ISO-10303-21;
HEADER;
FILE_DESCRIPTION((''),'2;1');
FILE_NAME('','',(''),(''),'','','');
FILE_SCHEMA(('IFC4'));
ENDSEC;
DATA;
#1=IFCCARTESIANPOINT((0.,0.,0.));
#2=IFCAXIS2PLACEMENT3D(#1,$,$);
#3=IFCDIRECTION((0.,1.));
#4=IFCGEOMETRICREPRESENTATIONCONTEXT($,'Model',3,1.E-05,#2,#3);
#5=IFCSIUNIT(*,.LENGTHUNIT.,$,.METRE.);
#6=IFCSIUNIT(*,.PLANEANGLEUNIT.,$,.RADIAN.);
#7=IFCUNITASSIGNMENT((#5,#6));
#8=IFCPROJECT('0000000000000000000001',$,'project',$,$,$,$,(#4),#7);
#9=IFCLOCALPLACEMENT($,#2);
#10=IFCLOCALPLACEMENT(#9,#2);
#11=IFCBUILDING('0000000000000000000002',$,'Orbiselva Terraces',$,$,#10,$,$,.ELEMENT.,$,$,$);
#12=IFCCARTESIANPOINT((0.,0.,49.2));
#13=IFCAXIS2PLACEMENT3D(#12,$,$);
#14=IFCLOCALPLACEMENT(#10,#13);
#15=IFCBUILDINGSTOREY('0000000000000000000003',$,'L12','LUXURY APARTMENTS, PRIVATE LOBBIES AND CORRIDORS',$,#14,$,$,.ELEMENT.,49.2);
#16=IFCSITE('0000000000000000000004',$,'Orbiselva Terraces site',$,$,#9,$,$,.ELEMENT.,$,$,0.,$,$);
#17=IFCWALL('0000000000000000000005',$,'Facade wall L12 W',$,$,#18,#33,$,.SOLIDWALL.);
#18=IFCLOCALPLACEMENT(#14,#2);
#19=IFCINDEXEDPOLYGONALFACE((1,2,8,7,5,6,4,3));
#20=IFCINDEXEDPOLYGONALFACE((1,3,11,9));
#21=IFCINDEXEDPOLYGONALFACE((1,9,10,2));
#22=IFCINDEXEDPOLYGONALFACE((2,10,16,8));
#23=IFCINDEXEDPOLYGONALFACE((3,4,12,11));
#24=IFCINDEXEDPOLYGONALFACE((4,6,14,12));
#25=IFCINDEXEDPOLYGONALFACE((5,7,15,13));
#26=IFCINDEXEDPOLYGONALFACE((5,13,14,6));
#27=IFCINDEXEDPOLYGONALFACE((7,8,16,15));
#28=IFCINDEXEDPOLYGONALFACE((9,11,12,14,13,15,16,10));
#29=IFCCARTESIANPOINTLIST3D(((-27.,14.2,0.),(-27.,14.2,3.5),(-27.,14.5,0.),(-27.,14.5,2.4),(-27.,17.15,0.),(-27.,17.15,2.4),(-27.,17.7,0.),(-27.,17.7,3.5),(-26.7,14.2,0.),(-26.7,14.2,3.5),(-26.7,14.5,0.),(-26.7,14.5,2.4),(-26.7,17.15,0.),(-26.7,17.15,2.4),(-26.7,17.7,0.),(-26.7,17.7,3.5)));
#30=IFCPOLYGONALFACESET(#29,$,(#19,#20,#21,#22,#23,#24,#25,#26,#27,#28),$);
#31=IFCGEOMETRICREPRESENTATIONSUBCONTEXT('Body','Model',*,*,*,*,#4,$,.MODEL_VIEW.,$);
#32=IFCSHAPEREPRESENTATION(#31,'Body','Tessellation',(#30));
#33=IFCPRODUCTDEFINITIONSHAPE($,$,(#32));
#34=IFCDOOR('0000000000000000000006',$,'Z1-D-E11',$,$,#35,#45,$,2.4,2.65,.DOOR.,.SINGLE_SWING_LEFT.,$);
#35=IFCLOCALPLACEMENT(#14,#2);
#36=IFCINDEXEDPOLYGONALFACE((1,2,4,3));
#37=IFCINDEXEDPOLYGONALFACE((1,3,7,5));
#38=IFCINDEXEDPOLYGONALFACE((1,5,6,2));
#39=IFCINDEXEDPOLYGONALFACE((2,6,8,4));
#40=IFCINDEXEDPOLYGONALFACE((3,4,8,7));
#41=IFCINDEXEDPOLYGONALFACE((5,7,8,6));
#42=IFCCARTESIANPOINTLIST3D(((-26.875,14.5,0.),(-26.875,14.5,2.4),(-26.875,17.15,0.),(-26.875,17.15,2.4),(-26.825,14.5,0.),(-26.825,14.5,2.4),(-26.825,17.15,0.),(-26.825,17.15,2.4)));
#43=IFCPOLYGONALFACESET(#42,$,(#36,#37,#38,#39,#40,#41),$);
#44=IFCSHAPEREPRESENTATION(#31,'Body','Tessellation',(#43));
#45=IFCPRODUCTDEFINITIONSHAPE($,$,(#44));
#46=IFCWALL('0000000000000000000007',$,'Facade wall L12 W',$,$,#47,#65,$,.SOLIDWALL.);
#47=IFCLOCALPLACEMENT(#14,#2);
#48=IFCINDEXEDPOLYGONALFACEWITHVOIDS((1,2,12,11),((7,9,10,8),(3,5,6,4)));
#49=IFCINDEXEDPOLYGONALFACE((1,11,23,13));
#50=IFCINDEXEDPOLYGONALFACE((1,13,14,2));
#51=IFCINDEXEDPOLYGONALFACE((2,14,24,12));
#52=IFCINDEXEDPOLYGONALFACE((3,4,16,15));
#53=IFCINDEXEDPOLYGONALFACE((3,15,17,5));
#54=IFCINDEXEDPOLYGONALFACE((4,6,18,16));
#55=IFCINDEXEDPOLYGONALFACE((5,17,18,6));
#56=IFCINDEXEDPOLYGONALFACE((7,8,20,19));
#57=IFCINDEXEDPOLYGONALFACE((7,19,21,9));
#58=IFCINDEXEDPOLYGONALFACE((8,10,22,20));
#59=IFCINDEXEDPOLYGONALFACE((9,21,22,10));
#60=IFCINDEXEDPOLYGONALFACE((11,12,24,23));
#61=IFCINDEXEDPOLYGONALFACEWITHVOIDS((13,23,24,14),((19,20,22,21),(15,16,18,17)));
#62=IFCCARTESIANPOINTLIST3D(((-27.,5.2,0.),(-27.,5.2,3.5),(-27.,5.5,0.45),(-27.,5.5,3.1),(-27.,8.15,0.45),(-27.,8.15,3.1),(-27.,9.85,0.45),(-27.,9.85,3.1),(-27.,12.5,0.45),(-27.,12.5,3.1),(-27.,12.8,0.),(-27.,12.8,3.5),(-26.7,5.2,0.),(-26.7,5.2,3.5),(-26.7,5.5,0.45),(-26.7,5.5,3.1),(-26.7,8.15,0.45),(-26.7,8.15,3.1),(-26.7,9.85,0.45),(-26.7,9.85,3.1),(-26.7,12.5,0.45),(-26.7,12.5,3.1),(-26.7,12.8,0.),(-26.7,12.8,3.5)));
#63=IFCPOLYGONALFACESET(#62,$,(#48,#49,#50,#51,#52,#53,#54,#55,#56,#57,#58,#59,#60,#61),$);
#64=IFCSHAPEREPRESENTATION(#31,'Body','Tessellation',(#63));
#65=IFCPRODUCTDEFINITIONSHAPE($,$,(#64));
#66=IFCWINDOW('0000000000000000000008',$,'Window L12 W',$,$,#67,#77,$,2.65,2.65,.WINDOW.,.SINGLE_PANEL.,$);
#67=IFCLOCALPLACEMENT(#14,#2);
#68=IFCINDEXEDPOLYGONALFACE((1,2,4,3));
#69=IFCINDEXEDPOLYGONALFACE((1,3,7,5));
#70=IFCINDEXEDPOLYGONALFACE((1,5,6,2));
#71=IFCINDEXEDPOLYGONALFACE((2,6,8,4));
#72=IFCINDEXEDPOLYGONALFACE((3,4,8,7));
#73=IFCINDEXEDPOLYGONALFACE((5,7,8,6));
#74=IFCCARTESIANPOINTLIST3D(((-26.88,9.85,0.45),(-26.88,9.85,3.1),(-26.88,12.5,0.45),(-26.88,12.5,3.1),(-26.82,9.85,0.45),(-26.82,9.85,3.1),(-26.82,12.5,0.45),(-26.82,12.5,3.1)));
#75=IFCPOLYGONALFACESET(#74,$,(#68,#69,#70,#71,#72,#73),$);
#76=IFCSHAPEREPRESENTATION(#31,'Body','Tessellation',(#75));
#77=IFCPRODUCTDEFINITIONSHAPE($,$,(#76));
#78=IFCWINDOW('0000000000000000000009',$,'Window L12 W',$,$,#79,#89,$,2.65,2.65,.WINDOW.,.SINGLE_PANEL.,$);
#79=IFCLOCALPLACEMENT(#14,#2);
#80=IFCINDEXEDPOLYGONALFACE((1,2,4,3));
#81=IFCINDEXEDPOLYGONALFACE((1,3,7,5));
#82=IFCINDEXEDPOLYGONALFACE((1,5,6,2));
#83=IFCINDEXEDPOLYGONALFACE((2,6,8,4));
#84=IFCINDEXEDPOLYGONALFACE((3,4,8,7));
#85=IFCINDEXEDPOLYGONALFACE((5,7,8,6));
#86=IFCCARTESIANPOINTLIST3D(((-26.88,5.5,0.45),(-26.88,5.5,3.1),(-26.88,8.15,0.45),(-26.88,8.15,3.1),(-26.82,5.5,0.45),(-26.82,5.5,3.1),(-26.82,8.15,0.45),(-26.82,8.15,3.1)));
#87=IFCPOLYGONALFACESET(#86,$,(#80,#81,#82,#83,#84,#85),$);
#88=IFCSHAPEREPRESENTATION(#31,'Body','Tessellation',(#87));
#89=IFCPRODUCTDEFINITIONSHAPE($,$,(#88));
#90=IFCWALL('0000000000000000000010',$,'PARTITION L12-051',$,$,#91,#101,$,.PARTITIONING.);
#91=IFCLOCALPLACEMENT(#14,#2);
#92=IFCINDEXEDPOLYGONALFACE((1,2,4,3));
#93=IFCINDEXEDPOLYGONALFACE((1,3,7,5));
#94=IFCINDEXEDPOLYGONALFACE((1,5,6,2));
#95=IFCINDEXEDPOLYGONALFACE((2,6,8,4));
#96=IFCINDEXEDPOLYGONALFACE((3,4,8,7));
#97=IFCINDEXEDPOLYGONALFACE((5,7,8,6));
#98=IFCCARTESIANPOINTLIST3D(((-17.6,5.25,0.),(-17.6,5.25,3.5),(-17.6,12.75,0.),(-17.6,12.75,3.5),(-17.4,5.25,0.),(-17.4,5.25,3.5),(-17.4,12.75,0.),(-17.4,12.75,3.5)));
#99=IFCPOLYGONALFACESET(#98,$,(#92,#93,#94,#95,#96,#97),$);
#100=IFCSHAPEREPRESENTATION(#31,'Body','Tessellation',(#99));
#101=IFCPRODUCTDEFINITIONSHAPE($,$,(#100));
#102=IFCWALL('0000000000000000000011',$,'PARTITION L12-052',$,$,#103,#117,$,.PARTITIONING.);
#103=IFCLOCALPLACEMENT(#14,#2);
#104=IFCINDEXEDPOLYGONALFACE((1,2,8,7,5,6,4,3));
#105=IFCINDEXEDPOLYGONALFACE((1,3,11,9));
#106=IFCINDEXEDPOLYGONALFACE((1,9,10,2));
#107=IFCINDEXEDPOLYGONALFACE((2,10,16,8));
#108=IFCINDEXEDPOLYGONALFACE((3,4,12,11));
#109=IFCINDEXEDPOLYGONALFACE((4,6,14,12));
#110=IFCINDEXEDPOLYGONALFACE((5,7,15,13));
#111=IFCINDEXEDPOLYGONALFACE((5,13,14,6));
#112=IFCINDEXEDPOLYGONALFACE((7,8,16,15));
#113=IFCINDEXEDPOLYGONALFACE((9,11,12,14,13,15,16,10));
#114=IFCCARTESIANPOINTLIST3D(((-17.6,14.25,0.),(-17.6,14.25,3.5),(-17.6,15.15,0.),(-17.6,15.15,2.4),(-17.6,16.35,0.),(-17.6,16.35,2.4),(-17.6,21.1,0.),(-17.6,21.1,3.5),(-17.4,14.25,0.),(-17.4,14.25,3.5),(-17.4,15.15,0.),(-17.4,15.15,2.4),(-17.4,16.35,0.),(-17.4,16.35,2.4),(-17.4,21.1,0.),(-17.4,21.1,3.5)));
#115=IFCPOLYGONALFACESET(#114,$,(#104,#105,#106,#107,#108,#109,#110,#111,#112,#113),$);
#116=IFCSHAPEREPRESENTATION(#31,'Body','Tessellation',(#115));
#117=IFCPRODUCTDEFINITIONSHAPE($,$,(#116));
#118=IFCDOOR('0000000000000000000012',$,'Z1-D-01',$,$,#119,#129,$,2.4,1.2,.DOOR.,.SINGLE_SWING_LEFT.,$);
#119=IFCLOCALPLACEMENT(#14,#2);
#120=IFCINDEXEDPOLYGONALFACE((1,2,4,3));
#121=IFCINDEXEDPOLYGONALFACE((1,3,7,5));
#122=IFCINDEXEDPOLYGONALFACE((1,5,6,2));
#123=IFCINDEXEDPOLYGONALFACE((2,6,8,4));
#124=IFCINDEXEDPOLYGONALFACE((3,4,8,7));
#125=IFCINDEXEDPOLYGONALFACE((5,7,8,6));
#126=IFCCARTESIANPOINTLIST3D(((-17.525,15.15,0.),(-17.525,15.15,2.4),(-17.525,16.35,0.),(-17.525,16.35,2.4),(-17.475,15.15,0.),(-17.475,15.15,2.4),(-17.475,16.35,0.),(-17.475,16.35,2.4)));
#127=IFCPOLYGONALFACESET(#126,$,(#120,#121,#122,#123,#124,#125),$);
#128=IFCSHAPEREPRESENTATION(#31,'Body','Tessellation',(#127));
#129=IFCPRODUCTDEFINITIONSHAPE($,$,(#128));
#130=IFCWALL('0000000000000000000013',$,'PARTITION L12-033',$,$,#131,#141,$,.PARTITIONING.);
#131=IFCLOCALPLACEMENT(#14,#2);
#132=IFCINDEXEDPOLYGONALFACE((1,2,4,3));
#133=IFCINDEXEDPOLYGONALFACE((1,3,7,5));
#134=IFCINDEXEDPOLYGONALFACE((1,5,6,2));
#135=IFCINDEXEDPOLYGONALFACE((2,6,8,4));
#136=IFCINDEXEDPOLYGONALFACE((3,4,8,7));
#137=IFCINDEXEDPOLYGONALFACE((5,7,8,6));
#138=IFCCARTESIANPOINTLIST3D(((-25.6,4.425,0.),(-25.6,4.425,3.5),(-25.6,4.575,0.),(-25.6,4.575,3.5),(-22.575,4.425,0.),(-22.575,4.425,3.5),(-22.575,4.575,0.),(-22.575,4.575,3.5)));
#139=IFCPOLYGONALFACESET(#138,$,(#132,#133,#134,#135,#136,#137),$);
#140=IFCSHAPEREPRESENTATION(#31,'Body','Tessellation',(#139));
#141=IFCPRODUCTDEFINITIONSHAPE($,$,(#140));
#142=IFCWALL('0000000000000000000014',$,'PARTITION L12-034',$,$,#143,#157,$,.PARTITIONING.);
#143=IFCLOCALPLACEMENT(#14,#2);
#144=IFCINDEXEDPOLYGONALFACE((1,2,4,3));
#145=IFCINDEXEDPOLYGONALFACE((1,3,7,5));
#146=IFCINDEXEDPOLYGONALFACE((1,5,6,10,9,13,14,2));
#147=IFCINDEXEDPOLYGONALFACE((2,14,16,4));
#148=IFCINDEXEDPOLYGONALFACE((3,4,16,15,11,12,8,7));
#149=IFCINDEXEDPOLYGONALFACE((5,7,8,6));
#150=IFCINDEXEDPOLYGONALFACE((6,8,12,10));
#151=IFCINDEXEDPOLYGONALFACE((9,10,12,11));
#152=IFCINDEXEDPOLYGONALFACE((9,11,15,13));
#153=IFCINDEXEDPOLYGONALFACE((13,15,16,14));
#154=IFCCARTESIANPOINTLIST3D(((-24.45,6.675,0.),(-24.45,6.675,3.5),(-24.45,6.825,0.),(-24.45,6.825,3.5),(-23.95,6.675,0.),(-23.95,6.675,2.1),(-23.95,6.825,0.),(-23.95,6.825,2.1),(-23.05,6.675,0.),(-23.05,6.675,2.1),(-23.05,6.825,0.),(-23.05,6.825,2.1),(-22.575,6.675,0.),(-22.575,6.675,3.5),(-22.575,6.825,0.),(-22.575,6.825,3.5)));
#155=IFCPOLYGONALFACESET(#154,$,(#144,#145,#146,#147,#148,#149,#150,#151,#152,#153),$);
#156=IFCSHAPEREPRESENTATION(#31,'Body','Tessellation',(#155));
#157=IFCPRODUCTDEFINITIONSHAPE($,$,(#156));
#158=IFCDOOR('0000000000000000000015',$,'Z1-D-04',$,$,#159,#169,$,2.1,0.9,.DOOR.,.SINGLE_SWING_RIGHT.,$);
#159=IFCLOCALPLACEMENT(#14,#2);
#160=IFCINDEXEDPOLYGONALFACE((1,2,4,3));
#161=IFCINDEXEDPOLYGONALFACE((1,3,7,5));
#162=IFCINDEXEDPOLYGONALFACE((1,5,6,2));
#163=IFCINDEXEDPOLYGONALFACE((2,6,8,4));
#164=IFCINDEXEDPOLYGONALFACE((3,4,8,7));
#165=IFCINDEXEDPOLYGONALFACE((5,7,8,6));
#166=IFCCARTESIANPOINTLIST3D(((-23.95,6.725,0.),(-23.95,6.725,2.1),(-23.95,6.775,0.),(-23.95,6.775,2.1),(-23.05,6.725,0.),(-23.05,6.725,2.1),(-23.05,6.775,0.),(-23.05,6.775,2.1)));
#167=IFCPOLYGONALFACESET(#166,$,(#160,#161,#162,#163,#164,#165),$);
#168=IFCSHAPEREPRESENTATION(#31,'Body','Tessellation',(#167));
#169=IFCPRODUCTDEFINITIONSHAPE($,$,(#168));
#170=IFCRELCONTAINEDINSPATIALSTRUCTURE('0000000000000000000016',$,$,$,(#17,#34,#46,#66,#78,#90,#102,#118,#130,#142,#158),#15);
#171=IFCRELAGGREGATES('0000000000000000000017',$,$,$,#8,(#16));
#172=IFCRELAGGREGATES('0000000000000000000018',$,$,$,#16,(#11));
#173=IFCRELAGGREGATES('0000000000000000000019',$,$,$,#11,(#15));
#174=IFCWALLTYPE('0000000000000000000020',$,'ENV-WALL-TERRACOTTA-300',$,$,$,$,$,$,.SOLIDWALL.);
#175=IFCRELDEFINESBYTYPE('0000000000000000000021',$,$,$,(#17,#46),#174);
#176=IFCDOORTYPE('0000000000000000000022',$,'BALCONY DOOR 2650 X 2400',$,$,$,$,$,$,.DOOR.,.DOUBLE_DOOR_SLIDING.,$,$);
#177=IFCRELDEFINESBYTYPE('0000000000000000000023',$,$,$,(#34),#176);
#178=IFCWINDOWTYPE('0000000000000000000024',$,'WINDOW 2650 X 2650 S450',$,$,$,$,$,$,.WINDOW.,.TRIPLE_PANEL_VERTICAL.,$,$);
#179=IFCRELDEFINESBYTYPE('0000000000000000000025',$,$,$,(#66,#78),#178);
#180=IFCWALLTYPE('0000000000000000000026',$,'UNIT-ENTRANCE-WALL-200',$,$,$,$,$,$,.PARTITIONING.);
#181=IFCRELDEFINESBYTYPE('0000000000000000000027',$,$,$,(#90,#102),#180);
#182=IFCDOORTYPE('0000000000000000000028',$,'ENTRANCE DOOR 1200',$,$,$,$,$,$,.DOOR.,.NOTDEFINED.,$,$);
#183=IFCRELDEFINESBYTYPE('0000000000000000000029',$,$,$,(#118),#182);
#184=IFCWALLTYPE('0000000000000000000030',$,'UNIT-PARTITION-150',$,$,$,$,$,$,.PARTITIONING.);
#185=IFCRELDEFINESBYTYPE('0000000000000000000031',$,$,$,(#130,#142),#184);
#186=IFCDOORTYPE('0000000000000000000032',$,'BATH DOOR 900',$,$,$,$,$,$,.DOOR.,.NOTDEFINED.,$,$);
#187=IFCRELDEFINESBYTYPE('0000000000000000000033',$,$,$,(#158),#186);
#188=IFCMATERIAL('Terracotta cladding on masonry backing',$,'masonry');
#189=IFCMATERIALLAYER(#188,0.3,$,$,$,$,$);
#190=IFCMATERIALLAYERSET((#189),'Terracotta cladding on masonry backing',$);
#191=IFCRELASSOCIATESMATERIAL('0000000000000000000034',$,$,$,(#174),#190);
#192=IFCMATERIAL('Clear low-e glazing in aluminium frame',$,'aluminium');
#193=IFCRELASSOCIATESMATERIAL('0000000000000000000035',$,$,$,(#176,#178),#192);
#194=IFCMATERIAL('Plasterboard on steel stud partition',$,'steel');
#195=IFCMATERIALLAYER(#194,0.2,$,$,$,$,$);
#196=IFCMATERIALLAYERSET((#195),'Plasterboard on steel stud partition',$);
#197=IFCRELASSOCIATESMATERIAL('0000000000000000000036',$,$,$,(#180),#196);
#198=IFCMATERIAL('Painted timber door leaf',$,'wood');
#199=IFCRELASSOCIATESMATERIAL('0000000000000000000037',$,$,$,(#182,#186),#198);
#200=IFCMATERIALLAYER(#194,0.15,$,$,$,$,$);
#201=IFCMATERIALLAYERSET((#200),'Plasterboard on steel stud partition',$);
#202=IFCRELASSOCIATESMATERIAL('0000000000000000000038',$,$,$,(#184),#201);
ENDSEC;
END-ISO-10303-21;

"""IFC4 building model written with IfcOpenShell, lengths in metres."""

from ifc_helpers import new_model, si_unit, direction, frame, frame_2d, origin, place, context, subcontext, project, spatial, rectangle, extrude, material, layer, layer_set, type_object, element, fill, save


model = new_model("IFC4")

# Units and contexts
model_context = context("Model", 3, precision=1e-05, world=origin(), true_north=direction((0.0, 1.0)))
body_context = subcontext(model_context, "Body", "Model", "MODEL_VIEW")
ifc_project = project(units=[si_unit("LENGTHUNIT", "METRE"), si_unit("PLANEANGLEUNIT", "RADIAN")], contexts=[model_context])

# Site, building, storey
site_placement = place(None, origin())
site = spatial("IfcSite", under=ifc_project, at=site_placement, Name="Orbiselva Terraces site", CompositionType="ELEMENT", RefElevation=0.0)
building_placement = place(site_placement, origin())
building = spatial("IfcBuilding", under=site, at=building_placement, Name="Orbiselva Terraces", CompositionType="ELEMENT")
storey_placement = place(building_placement, frame((0.0, 0.0, 49.2)))
storey = spatial("IfcBuildingStorey", under=building, at=storey_placement, Name="L12", Description="LUXURY APARTMENTS, PRIVATE LOBBIES AND CORRIDORS", CompositionType="ELEMENT", Elevation=49.2)

# Wall, opening, door
ifc_material_1 = material(Name="Terracotta cladding on masonry backing", Category="masonry")
ifc_layer_1 = layer(ifc_material_1, 0.3)
ifc_layer_set_1 = layer_set([ifc_layer_1], Name="Terracotta cladding on masonry backing")
wall_type_1 = type_object("IfcWallType", Name="ENV-WALL-TERRACOTTA-300", PredefinedType="SOLIDWALL", material=ifc_layer_set_1)
wall_1_placement = place(storey_placement, frame((-26.85, 14.2, 0.0), z_axis=(0.0, 0.0, 1.0), x_axis=(0.0, 1.0, 0.0)))
wall_1 = element("IfcWall", 1, at=wall_1_placement, inside=storey, type_object=wall_type_1, Name="Facade wall L12 W", PredefinedType="SOLIDWALL", context=body_context, shape_type="SweptSolid", body=[
    extrude(rectangle(XDim=3.5, YDim=0.3, at=frame_2d((1.75, 0.0))), origin(), (0.0, 0.0, 1.0), 3.5),
])
opening_1_placement = place(wall_1_placement, frame((0.3, 0.0, 0.0)))
opening_1 = element("IfcOpeningElement", 2, at=opening_1_placement, cuts=wall_1, PredefinedType="OPENING", context=body_context, shape_type="SweptSolid", body=[
    extrude(rectangle(XDim=2.65, YDim=2.4, at=frame_2d((1.325, 1.2))), frame((0.0, 0.16, 0.0), z_axis=(0.0, -1.0, 0.0), x_axis=(1.0, 0.0, 0.0)), (0.0, 0.0, 1.0), 0.32),
])
ifc_material_2 = material(Name="Clear low-e glazing in aluminium frame", Category="aluminium")
door_type_1 = type_object("IfcDoorType", Name="BALCONY DOOR 2650 X 2400", OperationType="DOUBLE_DOOR_SLIDING", PredefinedType="DOOR", material=ifc_material_2)
door_1_placement = place(opening_1_placement, origin())
door_1 = element("IfcDoor", 3, at=door_1_placement, inside=storey, type_object=door_type_1, Name="Z1-D-E11", OperationType="SINGLE_SWING_LEFT", OverallHeight=2.4, OverallWidth=2.65, PredefinedType="DOOR", context=body_context, shape_type="SweptSolid", body=[
    extrude(rectangle(XDim=2.65, YDim=2.4, at=frame_2d((1.325, 1.2))), frame((0.0, 0.025, 0.0), z_axis=(0.0, -1.0, 0.0), x_axis=(1.0, 0.0, 0.0)), (0.0, 0.0, 1.0), 0.05),
])
fill(opening_1, door_1)

# Wall, openings, windows
wall_2_placement = place(storey_placement, frame((-26.85, 5.2, 0.0), z_axis=(0.0, 0.0, 1.0), x_axis=(0.0, 1.0, 0.0)))
wall_2 = element("IfcWall", 4, at=wall_2_placement, inside=storey, type_object=wall_type_1, Name="Facade wall L12 W", PredefinedType="SOLIDWALL", context=body_context, shape_type="SweptSolid", body=[
    extrude(rectangle(XDim=7.6, YDim=0.3, at=frame_2d((3.8, 0.0))), origin(), (0.0, 0.0, 1.0), 3.5),
])
opening_2_placement = place(wall_2_placement, frame((4.65, 0.0, 0.45)))
opening_2 = element("IfcOpeningElement", 5, at=opening_2_placement, cuts=wall_2, PredefinedType="OPENING", context=body_context, shape_type="SweptSolid", body=[
    extrude(rectangle(XDim=2.65, YDim=2.65, at=frame_2d((1.325, 1.325))), frame((0.0, 0.16, 0.0), z_axis=(0.0, -1.0, 0.0), x_axis=(1.0, 0.0, 0.0)), (0.0, 0.0, 1.0), 0.32),
])
opening_3_placement = place(wall_2_placement, frame((0.3, 0.0, 0.45)))
opening_3 = element("IfcOpeningElement", 6, at=opening_3_placement, cuts=wall_2, PredefinedType="OPENING", context=body_context, shape_type="SweptSolid", body=[
    extrude(rectangle(XDim=2.65, YDim=2.65, at=frame_2d((1.325, 1.325))), frame((0.0, 0.16, 0.0), z_axis=(0.0, -1.0, 0.0), x_axis=(1.0, 0.0, 0.0)), (0.0, 0.0, 1.0), 0.32),
])
window_type = type_object("IfcWindowType", Name="WINDOW 2650 X 2650 S450", PartitioningType="TRIPLE_PANEL_VERTICAL", PredefinedType="WINDOW", material=ifc_material_2)
window_1_placement = place(opening_2_placement, origin())
window_1 = element("IfcWindow", 7, at=window_1_placement, inside=storey, type_object=window_type, Name="Window L12 W", OverallHeight=2.65, OverallWidth=2.65, PartitioningType="SINGLE_PANEL", PredefinedType="WINDOW", context=body_context, shape_type="SweptSolid", body=[
    extrude(rectangle(XDim=2.65, YDim=2.65, at=frame_2d((1.325, 1.325))), frame((0.0, 0.03, 0.0), z_axis=(0.0, -1.0, 0.0), x_axis=(1.0, 0.0, 0.0)), (0.0, 0.0, 1.0), 0.06),
])
fill(opening_2, window_1)
window_2_placement = place(opening_3_placement, origin())
window_2 = element("IfcWindow", 8, at=window_2_placement, inside=storey, type_object=window_type, Name="Window L12 W", OverallHeight=2.65, OverallWidth=2.65, PartitioningType="SINGLE_PANEL", PredefinedType="WINDOW", context=body_context, shape_type="SweptSolid", body=[
    extrude(rectangle(XDim=2.65, YDim=2.65, at=frame_2d((1.325, 1.325))), frame((0.0, 0.03, 0.0), z_axis=(0.0, -1.0, 0.0), x_axis=(1.0, 0.0, 0.0)), (0.0, 0.0, 1.0), 0.06),
])
fill(opening_3, window_2)

# Wall
ifc_material_3 = material(Name="Plasterboard on steel stud partition", Category="steel")
ifc_layer_2 = layer(ifc_material_3, 0.2)
ifc_layer_set_2 = layer_set([ifc_layer_2], Name="Plasterboard on steel stud partition")
wall_type_2 = type_object("IfcWallType", Name="UNIT-ENTRANCE-WALL-200", PredefinedType="PARTITIONING", material=ifc_layer_set_2)
wall_3_placement = place(storey_placement, frame((-17.5, 5.25, 0.0), z_axis=(0.0, 0.0, 1.0), x_axis=(0.0, 1.0, 0.0)))
element("IfcWall", 9, at=wall_3_placement, inside=storey, type_object=wall_type_2, Name="PARTITION L12-051", PredefinedType="PARTITIONING", context=body_context, shape_type="SweptSolid", body=[
    extrude(rectangle(XDim=7.5, YDim=0.2, at=frame_2d((3.75, 0.0))), origin(), (0.0, 0.0, 1.0), 3.5),
])

# Wall, opening, door
wall_4_placement = place(storey_placement, frame((-17.5, 14.25, 0.0), z_axis=(0.0, 0.0, 1.0), x_axis=(0.0, 1.0, 0.0)))
wall_4 = element("IfcWall", 10, at=wall_4_placement, inside=storey, type_object=wall_type_2, Name="PARTITION L12-052", PredefinedType="PARTITIONING", context=body_context, shape_type="SweptSolid", body=[
    extrude(rectangle(XDim=6.85, YDim=0.2, at=frame_2d((3.425, 0.0))), origin(), (0.0, 0.0, 1.0), 3.5),
])
opening_4_placement = place(wall_4_placement, frame((0.9, 0.0, 0.0)))
opening_4 = element("IfcOpeningElement", 11, at=opening_4_placement, cuts=wall_4, PredefinedType="OPENING", context=body_context, shape_type="SweptSolid", body=[
    extrude(rectangle(XDim=1.2, YDim=2.4, at=frame_2d((0.6, 1.2))), frame((0.0, 0.11, 0.0), z_axis=(0.0, -1.0, 0.0), x_axis=(1.0, 0.0, 0.0)), (0.0, 0.0, 1.0), 0.22),
])
ifc_material_4 = material(Name="Painted timber door leaf", Category="wood")
door_type_2 = type_object("IfcDoorType", Name="ENTRANCE DOOR 1200", OperationType="NOTDEFINED", PredefinedType="DOOR", material=ifc_material_4)
door_2_placement = place(opening_4_placement, origin())
door_2 = element("IfcDoor", 12, at=door_2_placement, inside=storey, type_object=door_type_2, Name="Z1-D-01", OperationType="SINGLE_SWING_LEFT", OverallHeight=2.4, OverallWidth=1.2, PredefinedType="DOOR", context=body_context, shape_type="SweptSolid", body=[
    extrude(rectangle(XDim=1.2, YDim=2.4, at=frame_2d((0.6, 1.2))), frame((0.0, 0.025, 0.0), z_axis=(0.0, -1.0, 0.0), x_axis=(1.0, 0.0, 0.0)), (0.0, 0.0, 1.0), 0.05),
])
fill(opening_4, door_2)

# Wall
ifc_layer_3 = layer(ifc_material_3, 0.15)
ifc_layer_set_3 = layer_set([ifc_layer_3], Name="Plasterboard on steel stud partition")
wall_type_3 = type_object("IfcWallType", Name="UNIT-PARTITION-150", PredefinedType="PARTITIONING", material=ifc_layer_set_3)
wall_5_placement = place(storey_placement, frame((-25.6, 4.5, 0.0), z_axis=(0.0, 0.0, 1.0), x_axis=(1.0, 0.0, 0.0)))
element("IfcWall", 13, at=wall_5_placement, inside=storey, type_object=wall_type_3, Name="PARTITION L12-033", PredefinedType="PARTITIONING", context=body_context, shape_type="SweptSolid", body=[
    extrude(rectangle(XDim=3.025, YDim=0.15, at=frame_2d((1.5125, 0.0))), origin(), (0.0, 0.0, 1.0), 3.5),
])

# Wall, opening, door
wall_6_placement = place(storey_placement, frame((-24.45, 6.75, 0.0), z_axis=(0.0, 0.0, 1.0), x_axis=(1.0, 0.0, 0.0)))
wall_6 = element("IfcWall", 14, at=wall_6_placement, inside=storey, type_object=wall_type_3, Name="PARTITION L12-034", PredefinedType="PARTITIONING", context=body_context, shape_type="SweptSolid", body=[
    extrude(rectangle(XDim=1.875, YDim=0.15, at=frame_2d((0.9375, 0.0))), origin(), (0.0, 0.0, 1.0), 3.5),
])
opening_5_placement = place(wall_6_placement, frame((0.5, 0.0, 0.0)))
opening_5 = element("IfcOpeningElement", 15, at=opening_5_placement, cuts=wall_6, PredefinedType="OPENING", context=body_context, shape_type="SweptSolid", body=[
    extrude(rectangle(XDim=0.9, YDim=2.1, at=frame_2d((0.45, 1.05))), frame((0.0, 0.085, 0.0), z_axis=(0.0, -1.0, 0.0), x_axis=(1.0, 0.0, 0.0)), (0.0, 0.0, 1.0), 0.17),
])
door_type_3 = type_object("IfcDoorType", Name="BATH DOOR 900", OperationType="NOTDEFINED", PredefinedType="DOOR", material=ifc_material_4)
door_3_placement = place(opening_5_placement, origin())
door_3 = element("IfcDoor", 16, at=door_3_placement, inside=storey, type_object=door_type_3, Name="Z1-D-04", OperationType="SINGLE_SWING_RIGHT", OverallHeight=2.1, OverallWidth=0.9, PredefinedType="DOOR", context=body_context, shape_type="SweptSolid", body=[
    extrude(rectangle(XDim=0.9, YDim=2.1, at=frame_2d((0.45, 1.05))), frame((0.0, 0.025, 0.0), z_axis=(0.0, -1.0, 0.0), x_axis=(1.0, 0.0, 0.0)), (0.0, 0.0, 1.0), 0.05),
])
fill(opening_5, door_3)

save(model, "model.ifc")
